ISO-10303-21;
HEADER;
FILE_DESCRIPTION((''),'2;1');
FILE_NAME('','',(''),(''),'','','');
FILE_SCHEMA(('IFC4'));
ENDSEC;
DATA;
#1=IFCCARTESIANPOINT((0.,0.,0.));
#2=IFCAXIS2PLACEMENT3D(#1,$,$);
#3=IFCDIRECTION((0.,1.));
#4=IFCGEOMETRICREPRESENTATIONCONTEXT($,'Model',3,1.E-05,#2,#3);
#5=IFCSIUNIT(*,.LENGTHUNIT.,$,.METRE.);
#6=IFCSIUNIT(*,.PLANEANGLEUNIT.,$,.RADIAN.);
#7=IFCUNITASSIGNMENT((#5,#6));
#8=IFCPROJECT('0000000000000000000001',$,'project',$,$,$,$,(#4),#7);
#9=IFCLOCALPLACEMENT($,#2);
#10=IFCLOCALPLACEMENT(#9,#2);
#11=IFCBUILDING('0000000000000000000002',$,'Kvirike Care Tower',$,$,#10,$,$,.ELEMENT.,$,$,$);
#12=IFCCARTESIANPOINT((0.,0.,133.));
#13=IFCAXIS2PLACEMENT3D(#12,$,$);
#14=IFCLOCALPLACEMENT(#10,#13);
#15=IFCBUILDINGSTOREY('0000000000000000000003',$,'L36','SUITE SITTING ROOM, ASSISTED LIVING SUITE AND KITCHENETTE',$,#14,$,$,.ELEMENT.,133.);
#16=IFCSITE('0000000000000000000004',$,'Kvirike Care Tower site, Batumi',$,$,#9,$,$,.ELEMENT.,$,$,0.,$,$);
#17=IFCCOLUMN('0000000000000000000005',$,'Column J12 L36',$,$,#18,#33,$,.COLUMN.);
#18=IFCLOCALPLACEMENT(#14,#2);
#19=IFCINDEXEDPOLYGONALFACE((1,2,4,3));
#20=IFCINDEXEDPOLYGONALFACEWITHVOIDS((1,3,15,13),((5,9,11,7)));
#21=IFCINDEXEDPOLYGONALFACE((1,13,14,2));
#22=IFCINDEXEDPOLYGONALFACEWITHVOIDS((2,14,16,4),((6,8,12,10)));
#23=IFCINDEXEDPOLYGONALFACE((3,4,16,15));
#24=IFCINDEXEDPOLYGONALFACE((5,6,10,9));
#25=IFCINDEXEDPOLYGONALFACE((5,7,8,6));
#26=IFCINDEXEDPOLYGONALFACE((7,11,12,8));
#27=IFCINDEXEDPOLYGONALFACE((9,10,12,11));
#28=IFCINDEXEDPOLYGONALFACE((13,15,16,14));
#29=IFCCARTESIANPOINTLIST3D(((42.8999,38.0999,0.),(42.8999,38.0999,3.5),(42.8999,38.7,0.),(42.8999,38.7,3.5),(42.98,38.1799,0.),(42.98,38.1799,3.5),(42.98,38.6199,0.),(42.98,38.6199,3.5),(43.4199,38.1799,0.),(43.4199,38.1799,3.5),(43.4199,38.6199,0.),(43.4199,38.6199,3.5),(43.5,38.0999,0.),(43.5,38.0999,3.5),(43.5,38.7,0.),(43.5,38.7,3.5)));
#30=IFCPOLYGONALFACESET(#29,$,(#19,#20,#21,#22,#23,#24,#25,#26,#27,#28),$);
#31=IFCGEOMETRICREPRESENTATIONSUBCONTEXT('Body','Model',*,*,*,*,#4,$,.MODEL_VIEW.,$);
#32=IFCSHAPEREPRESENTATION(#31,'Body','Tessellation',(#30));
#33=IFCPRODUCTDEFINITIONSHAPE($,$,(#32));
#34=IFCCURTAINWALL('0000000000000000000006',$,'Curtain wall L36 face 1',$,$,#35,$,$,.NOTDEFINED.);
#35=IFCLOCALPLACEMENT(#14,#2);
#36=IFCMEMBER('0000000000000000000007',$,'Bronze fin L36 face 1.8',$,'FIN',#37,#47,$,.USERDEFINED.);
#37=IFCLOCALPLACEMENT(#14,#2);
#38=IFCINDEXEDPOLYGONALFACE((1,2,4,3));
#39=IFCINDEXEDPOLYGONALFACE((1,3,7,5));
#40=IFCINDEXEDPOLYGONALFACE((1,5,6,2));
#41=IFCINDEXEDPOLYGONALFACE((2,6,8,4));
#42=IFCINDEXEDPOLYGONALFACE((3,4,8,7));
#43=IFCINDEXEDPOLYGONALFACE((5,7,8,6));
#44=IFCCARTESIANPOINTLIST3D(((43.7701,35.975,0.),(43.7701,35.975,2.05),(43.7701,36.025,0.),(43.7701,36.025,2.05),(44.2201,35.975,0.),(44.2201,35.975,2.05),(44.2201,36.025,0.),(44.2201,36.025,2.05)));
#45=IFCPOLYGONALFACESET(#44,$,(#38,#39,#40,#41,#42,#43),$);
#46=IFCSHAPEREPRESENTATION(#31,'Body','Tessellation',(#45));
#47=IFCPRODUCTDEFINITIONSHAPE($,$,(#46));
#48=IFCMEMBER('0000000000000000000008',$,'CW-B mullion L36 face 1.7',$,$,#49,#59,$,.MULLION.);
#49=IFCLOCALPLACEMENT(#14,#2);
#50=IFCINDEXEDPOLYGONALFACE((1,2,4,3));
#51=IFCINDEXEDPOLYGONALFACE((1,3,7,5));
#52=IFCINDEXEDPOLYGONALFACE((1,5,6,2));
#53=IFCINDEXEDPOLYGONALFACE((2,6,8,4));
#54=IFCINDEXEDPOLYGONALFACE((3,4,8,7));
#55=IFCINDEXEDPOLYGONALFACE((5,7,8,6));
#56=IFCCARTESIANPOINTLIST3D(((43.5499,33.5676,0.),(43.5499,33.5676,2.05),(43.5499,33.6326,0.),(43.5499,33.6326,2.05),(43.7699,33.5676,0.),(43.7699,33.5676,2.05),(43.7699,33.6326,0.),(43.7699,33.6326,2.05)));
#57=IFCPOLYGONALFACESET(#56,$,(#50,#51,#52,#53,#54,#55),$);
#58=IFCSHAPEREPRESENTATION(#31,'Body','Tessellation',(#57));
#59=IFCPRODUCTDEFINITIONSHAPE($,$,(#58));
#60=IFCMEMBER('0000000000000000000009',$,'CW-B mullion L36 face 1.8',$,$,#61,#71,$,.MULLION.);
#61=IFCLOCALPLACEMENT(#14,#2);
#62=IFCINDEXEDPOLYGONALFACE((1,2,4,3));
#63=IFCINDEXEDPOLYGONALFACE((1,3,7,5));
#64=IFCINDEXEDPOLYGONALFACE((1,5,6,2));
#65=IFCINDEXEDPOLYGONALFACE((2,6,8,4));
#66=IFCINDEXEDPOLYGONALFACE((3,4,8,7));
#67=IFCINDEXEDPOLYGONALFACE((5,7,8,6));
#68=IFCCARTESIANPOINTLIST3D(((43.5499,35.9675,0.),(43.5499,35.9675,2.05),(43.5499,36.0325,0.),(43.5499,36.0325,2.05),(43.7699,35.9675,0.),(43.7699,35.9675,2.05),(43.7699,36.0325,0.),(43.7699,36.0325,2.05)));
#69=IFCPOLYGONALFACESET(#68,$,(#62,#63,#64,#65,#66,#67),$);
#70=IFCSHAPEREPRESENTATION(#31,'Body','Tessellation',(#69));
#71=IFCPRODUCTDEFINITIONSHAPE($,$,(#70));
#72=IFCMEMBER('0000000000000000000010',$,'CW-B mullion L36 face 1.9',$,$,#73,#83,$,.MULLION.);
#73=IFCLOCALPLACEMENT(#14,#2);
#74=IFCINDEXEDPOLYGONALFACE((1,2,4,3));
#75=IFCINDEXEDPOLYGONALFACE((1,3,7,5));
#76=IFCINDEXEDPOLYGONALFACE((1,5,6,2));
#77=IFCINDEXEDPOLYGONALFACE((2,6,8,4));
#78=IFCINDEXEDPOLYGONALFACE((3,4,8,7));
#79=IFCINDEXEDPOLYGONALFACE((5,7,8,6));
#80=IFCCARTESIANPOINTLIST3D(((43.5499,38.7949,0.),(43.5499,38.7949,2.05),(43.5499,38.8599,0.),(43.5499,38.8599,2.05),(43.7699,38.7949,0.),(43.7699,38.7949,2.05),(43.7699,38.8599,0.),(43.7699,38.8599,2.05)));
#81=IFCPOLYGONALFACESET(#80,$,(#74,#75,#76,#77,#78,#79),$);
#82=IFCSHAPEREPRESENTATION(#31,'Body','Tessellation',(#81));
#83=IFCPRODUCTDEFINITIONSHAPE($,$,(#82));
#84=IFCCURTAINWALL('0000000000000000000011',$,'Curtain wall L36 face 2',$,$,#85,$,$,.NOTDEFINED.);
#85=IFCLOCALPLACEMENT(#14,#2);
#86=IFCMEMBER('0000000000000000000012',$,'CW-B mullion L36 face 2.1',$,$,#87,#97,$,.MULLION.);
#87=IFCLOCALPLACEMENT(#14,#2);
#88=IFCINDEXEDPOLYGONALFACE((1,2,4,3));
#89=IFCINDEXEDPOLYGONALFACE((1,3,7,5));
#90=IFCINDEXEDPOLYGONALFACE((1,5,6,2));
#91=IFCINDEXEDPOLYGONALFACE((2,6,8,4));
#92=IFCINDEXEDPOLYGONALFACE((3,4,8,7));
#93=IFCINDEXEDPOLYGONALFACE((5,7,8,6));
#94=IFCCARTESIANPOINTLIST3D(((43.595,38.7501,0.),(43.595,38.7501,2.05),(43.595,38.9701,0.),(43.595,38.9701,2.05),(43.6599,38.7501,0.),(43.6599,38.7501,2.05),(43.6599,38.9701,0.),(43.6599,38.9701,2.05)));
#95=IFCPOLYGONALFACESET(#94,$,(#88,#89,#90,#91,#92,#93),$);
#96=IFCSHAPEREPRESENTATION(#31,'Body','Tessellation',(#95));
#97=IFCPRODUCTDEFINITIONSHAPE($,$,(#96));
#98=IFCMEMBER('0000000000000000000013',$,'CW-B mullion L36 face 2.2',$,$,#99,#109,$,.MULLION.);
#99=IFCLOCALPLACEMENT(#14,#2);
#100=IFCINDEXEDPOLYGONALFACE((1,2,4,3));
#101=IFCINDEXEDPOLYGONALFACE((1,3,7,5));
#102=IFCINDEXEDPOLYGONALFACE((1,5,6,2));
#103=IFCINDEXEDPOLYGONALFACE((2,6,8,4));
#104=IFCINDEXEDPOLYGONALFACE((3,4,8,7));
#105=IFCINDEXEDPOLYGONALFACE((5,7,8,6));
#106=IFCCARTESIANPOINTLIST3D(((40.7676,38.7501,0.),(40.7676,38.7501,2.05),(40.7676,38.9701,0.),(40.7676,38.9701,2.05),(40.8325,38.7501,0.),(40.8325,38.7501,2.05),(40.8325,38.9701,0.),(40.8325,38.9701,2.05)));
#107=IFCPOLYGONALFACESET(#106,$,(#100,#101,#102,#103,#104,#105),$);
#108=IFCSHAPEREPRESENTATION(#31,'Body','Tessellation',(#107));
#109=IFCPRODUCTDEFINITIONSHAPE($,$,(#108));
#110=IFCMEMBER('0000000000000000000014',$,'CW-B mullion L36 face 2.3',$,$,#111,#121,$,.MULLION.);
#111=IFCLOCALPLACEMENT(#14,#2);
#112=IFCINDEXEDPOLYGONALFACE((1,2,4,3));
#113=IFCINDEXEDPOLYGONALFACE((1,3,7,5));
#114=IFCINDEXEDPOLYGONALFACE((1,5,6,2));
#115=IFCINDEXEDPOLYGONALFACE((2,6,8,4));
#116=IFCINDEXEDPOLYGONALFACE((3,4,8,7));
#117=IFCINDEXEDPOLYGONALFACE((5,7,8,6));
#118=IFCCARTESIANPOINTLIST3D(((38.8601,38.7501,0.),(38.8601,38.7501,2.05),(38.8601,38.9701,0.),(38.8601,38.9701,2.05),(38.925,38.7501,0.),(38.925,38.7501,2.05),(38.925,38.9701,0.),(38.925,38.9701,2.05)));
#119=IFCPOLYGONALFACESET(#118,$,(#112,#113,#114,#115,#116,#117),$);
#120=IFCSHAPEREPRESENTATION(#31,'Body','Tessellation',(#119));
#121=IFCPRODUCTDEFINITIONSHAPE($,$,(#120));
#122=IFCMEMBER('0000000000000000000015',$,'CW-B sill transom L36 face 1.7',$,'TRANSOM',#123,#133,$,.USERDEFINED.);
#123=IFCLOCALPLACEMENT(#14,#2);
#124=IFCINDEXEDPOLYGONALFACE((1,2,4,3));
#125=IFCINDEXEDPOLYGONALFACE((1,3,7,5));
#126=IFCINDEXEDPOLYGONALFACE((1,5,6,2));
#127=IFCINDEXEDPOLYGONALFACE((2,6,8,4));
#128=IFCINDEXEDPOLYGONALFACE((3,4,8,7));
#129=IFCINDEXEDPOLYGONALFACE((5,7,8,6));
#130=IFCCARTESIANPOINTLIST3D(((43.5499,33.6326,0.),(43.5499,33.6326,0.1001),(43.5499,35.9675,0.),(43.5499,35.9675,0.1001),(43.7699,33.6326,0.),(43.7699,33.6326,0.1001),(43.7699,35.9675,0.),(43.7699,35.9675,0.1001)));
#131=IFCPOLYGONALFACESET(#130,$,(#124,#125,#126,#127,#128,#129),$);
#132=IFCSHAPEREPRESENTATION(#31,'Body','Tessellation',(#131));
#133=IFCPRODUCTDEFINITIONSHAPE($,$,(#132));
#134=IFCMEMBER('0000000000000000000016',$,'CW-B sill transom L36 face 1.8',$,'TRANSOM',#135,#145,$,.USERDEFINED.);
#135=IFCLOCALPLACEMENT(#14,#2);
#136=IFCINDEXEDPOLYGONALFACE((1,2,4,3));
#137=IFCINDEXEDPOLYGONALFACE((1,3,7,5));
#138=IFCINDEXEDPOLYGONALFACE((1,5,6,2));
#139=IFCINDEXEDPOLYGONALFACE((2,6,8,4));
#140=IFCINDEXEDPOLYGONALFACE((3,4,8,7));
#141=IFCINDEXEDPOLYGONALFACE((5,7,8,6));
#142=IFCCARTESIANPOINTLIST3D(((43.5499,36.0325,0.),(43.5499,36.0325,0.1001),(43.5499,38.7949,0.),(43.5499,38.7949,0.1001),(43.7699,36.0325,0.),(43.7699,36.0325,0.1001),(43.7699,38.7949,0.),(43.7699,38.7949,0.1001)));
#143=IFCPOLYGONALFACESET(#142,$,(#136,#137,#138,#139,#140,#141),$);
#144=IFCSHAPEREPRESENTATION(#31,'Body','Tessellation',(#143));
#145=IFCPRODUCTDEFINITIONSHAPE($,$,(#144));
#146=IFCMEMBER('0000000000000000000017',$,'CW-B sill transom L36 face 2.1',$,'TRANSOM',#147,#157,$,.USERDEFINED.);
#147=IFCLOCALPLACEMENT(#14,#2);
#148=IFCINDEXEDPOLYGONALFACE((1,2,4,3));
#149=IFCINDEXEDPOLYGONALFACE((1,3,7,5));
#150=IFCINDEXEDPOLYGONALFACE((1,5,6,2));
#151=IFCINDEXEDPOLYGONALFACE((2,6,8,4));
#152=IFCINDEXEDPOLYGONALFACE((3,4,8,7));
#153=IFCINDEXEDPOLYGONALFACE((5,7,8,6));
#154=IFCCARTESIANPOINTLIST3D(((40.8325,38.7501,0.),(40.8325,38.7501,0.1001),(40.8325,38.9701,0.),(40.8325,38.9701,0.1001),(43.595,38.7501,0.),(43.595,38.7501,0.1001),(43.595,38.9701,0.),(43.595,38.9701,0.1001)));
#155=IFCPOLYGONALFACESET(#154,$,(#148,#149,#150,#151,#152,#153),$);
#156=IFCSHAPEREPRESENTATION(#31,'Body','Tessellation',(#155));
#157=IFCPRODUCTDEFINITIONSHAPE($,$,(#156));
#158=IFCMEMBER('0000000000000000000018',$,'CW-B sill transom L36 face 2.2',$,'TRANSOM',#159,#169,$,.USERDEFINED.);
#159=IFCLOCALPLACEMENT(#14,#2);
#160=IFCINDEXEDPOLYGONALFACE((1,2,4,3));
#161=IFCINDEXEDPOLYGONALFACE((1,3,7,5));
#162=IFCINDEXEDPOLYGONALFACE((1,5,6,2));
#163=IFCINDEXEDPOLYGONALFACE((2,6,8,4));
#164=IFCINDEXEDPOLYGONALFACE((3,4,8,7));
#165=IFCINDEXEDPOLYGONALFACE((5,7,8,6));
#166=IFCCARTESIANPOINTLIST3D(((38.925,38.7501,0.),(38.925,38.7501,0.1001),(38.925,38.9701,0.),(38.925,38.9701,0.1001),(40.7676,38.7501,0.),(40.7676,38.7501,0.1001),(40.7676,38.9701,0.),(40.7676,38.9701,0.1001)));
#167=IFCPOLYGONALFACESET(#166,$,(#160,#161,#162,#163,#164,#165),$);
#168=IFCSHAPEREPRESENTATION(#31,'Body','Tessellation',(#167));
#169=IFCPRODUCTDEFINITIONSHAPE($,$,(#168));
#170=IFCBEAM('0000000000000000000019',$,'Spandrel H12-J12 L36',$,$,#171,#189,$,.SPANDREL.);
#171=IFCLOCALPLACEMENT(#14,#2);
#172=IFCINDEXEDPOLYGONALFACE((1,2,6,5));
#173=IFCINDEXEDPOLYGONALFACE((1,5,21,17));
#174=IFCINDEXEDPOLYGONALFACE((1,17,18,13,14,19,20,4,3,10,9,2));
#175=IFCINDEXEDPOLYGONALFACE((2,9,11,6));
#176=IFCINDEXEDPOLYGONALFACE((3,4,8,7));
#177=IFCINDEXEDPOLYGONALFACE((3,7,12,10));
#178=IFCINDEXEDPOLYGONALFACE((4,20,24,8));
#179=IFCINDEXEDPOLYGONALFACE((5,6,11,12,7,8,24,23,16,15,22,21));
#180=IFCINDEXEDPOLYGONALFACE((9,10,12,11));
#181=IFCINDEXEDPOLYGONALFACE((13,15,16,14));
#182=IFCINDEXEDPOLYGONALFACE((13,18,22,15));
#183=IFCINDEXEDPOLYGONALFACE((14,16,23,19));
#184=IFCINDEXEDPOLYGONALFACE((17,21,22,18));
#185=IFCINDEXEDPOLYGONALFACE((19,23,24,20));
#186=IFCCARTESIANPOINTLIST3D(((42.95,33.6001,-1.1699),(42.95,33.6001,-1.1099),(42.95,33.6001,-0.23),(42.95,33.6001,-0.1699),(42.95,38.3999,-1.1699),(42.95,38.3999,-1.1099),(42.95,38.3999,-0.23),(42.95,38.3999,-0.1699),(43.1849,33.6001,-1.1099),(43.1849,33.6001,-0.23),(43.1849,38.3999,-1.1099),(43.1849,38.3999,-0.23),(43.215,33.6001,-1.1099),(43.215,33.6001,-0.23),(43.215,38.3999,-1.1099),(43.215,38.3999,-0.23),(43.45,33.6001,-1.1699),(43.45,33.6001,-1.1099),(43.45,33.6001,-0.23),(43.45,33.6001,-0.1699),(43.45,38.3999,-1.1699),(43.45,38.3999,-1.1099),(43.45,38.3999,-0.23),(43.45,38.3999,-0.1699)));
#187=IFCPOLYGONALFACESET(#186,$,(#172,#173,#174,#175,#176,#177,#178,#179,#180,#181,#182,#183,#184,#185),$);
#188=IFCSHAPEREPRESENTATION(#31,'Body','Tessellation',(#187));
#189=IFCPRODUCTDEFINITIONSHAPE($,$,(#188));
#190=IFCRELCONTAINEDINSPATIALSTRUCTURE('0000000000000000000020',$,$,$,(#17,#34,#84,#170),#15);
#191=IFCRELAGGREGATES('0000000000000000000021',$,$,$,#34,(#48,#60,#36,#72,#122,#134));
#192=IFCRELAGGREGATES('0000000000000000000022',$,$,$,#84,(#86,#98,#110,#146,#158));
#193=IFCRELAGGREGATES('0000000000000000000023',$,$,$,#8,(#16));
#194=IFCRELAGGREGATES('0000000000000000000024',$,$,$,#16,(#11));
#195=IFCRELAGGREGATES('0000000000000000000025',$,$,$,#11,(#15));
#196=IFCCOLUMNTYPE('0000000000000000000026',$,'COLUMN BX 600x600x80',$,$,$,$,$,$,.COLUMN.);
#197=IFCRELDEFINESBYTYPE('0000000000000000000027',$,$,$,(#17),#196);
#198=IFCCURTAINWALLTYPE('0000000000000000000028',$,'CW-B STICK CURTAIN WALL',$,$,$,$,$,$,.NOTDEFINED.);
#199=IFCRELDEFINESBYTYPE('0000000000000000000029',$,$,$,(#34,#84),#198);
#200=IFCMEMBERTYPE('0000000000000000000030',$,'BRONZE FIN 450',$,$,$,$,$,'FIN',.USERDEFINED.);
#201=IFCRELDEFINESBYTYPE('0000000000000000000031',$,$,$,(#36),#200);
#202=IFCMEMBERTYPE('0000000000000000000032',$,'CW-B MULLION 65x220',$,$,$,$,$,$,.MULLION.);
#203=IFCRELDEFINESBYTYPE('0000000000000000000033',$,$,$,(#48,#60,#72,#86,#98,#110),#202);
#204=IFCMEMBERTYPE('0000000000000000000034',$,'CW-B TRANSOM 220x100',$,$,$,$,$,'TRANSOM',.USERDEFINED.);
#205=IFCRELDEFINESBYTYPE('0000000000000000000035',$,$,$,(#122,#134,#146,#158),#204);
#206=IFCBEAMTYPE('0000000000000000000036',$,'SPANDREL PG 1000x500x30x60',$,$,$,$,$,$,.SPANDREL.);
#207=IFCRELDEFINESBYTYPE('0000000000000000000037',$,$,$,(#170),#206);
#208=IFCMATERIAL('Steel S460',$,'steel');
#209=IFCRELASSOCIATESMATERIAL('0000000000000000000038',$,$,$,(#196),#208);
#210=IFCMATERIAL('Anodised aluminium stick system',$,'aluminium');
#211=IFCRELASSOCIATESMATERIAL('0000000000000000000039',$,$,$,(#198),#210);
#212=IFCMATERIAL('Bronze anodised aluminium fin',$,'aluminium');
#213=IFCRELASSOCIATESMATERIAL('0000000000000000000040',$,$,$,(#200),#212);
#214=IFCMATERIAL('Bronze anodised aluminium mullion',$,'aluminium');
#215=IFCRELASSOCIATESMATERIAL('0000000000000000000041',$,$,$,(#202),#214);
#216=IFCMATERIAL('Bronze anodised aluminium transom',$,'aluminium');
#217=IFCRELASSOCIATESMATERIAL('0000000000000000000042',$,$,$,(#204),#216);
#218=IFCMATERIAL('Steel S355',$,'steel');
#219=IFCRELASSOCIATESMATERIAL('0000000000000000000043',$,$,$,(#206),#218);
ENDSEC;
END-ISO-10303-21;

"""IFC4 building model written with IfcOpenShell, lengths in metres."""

from ifc_helpers import new_model, si_unit, direction, frame, origin, origin_2d, place, context, subcontext, project, spatial, rectangle, hollow_rectangle, i_section, extrude, material, material_profile, profile_set, type_object, element, aggregate, save


model = new_model("IFC4")

# Units and contexts
model_context = context("Model", 3, precision=1e-05, world=origin(), true_north=direction((0.0, 1.0)))
body_context = subcontext(model_context, "Body", "Model", "MODEL_VIEW")
ifc_project = project(units=[si_unit("LENGTHUNIT", "METRE"), si_unit("PLANEANGLEUNIT", "RADIAN")], contexts=[model_context])

# Site, building, storey
site_placement = place(None, origin())
site = spatial("IfcSite", under=ifc_project, at=site_placement, Name="Kvirike Care Tower site, Batumi", CompositionType="ELEMENT", RefElevation=0.0)
building_placement = place(site_placement, origin())
building = spatial("IfcBuilding", under=site, at=building_placement, Name="Kvirike Care Tower", CompositionType="ELEMENT")
storey_placement = place(building_placement, frame((0.0, 0.0, 133.0)))
storey = spatial("IfcBuildingStorey", under=building, at=storey_placement, Name="L36", Description="SUITE SITTING ROOM, ASSISTED LIVING SUITE AND KITCHENETTE", CompositionType="ELEMENT", Elevation=133.0)

# Column
ifc_material_1 = material(Name="Steel S460", Category="steel")
ifc_material_profile_1 = material_profile(ifc_material_1, hollow_rectangle(XDim=0.6001, YDim=0.6001, WallThickness=0.0801, at=origin_2d()), Name="BX 600x600x80")
ifc_profile_set_1 = profile_set([ifc_material_profile_1], Name="Steel S460")
column_type = type_object("IfcColumnType", Name="COLUMN BX 600x600x80", PredefinedType="COLUMN", material=ifc_profile_set_1)
column_placement = place(storey_placement, frame((43.2, 38.3999, 0.0), z_axis=(0.0, 0.0, 1.0), x_axis=(0.0, 1.0, 0.0)))
element("IfcColumn", 1, at=column_placement, inside=storey, type_object=column_type, Name="Column J12 L36", PredefinedType="COLUMN", context=body_context, shape_type="SweptSolid", body=[
    extrude(hollow_rectangle(XDim=0.6001, YDim=0.6001, WallThickness=0.0801, at=origin_2d()), origin(), (0.0, 0.0, 1.0), 3.5),
])

# Curtain walls, members
ifc_material_2 = material(Name="Anodised aluminium stick system", Category="aluminium")
curtain_wall_type = type_object("IfcCurtainWallType", Name="CW-B STICK CURTAIN WALL", PredefinedType="NOTDEFINED", material=ifc_material_2)
curtain_wall_1_placement = place(storey_placement, origin())
curtain_wall_1 = element("IfcCurtainWall", 2, at=curtain_wall_1_placement, inside=storey, type_object=curtain_wall_type, Name="Curtain wall L36 face 1", PredefinedType="NOTDEFINED")
ifc_material_3 = material(Name="Bronze anodised aluminium fin", Category="aluminium")
ifc_material_profile_2 = material_profile(ifc_material_3, rectangle(XDim=0.05, YDim=0.45, at=origin_2d()), Name="BRONZE FIN 450")
ifc_profile_set_2 = profile_set([ifc_material_profile_2], Name="Bronze anodised aluminium fin")
member_type_1 = type_object("IfcMemberType", Name="BRONZE FIN 450", ElementType="FIN", PredefinedType="USERDEFINED", material=ifc_profile_set_2)
member_1_placement = place(storey_placement, frame((43.9951, 36.0, 0.0), z_axis=(0.0, 0.0, 1.0), x_axis=(0.0, 1.0, 0.0)))
member_1 = element("IfcMember", 3, at=member_1_placement, type_object=member_type_1, Name="Bronze fin L36 face 1.8", ObjectType="FIN", PredefinedType="USERDEFINED", context=body_context, shape_type="SweptSolid", body=[
    extrude(rectangle(XDim=0.05, YDim=0.45, at=origin_2d()), origin(), (0.0, 0.0, 1.0), 2.05),
])
ifc_material_4 = material(Name="Bronze anodised aluminium mullion", Category="aluminium")
ifc_material_profile_3 = material_profile(ifc_material_4, rectangle(XDim=0.0649, YDim=0.22, at=origin_2d()), Name="CW-B MULLION 65x220")
ifc_profile_set_3 = profile_set([ifc_material_profile_3], Name="Bronze anodised aluminium mullion")
member_type_2 = type_object("IfcMemberType", Name="CW-B MULLION 65x220", PredefinedType="MULLION", material=ifc_profile_set_3)
member_2_placement = place(storey_placement, frame((43.6599, 33.6001, 0.0), z_axis=(0.0, 0.0, 1.0), x_axis=(0.0, 1.0, 0.0)))
member_2 = element("IfcMember", 4, at=member_2_placement, type_object=member_type_2, Name="CW-B mullion L36 face 1.7", PredefinedType="MULLION", context=body_context, shape_type="SweptSolid", body=[
    extrude(rectangle(XDim=0.0649, YDim=0.22, at=origin_2d()), origin(), (0.0, 0.0, 1.0), 2.05),
])
member_3_placement = place(storey_placement, frame((43.6599, 36.0, 0.0), z_axis=(0.0, 0.0, 1.0), x_axis=(0.0, 1.0, 0.0)))
member_3 = element("IfcMember", 5, at=member_3_placement, type_object=member_type_2, Name="CW-B mullion L36 face 1.8", PredefinedType="MULLION", context=body_context, shape_type="SweptSolid", body=[
    extrude(rectangle(XDim=0.0649, YDim=0.22, at=origin_2d()), origin(), (0.0, 0.0, 1.0), 2.05),
])
member_4_placement = place(storey_placement, frame((43.6599, 38.8274, 0.0), z_axis=(0.0, 0.0, 1.0), x_axis=(0.0, 1.0, 0.0)))
member_4 = element("IfcMember", 6, at=member_4_placement, type_object=member_type_2, Name="CW-B mullion L36 face 1.9", PredefinedType="MULLION", context=body_context, shape_type="SweptSolid", body=[
    extrude(rectangle(XDim=0.0649, YDim=0.22, at=origin_2d()), origin(), (0.0, 0.0, 1.0), 2.05),
])
curtain_wall_2_placement = place(storey_placement, origin())
curtain_wall_2 = element("IfcCurtainWall", 7, at=curtain_wall_2_placement, inside=storey, type_object=curtain_wall_type, Name="Curtain wall L36 face 2", PredefinedType="NOTDEFINED")
member_5_placement = place(storey_placement, frame((43.6274, 38.8601, 0.0), z_axis=(0.0, 0.0, 1.0), x_axis=(-1.0, 0.0, 0.0)))
member_5 = element("IfcMember", 8, at=member_5_placement, type_object=member_type_2, Name="CW-B mullion L36 face 2.1", PredefinedType="MULLION", context=body_context, shape_type="SweptSolid", body=[
    extrude(rectangle(XDim=0.0649, YDim=0.22, at=origin_2d()), origin(), (0.0, 0.0, 1.0), 2.05),
])
member_6_placement = place(storey_placement, frame((40.8, 38.8601, 0.0), z_axis=(0.0, 0.0, 1.0), x_axis=(-1.0, 0.0, 0.0)))
member_6 = element("IfcMember", 9, at=member_6_placement, type_object=member_type_2, Name="CW-B mullion L36 face 2.2", PredefinedType="MULLION", context=body_context, shape_type="SweptSolid", body=[
    extrude(rectangle(XDim=0.0649, YDim=0.22, at=origin_2d()), origin(), (0.0, 0.0, 1.0), 2.05),
])
member_7_placement = place(storey_placement, frame((38.8926, 38.8601, 0.0), z_axis=(0.0, 0.0, 1.0), x_axis=(-1.0, 0.0, 0.0)))
member_7 = element("IfcMember", 10, at=member_7_placement, type_object=member_type_2, Name="CW-B mullion L36 face 2.3", PredefinedType="MULLION", context=body_context, shape_type="SweptSolid", body=[
    extrude(rectangle(XDim=0.0649, YDim=0.22, at=origin_2d()), origin(), (0.0, 0.0, 1.0), 2.05),
])

# Members
ifc_material_5 = material(Name="Bronze anodised aluminium transom", Category="aluminium")
ifc_material_profile_4 = material_profile(ifc_material_5, rectangle(XDim=0.22, YDim=0.1001, at=origin_2d()), Name="CW-B TRANSOM 220x100")
ifc_profile_set_4 = profile_set([ifc_material_profile_4], Name="Bronze anodised aluminium transom")
member_type_3 = type_object("IfcMemberType", Name="CW-B TRANSOM 220x100", ElementType="TRANSOM", PredefinedType="USERDEFINED", material=ifc_profile_set_4)
member_8_placement = place(storey_placement, frame((43.6599, 33.6326, 0.05), z_axis=(0.0, 1.0, 0.0), x_axis=(-1.0, 0.0, 0.0)))
member_8 = element("IfcMember", 11, at=member_8_placement, type_object=member_type_3, Name="CW-B sill transom L36 face 1.7", ObjectType="TRANSOM", PredefinedType="USERDEFINED", context=body_context, shape_type="SweptSolid", body=[
    extrude(rectangle(XDim=0.22, YDim=0.1001, at=origin_2d()), origin(), (0.0, 0.0, 1.0), 2.335),
])
member_9_placement = place(storey_placement, frame((43.6599, 36.0325, 0.05), z_axis=(0.0, 1.0, 0.0), x_axis=(-1.0, 0.0, 0.0)))
member_9 = element("IfcMember", 12, at=member_9_placement, type_object=member_type_3, Name="CW-B sill transom L36 face 1.8", ObjectType="TRANSOM", PredefinedType="USERDEFINED", context=body_context, shape_type="SweptSolid", body=[
    extrude(rectangle(XDim=0.22, YDim=0.1001, at=origin_2d()), origin(), (0.0, 0.0, 1.0), 2.7625),
])
member_10_placement = place(storey_placement, frame((43.595, 38.8601, 0.05), z_axis=(-1.0, 0.0, 0.0), x_axis=(0.0, -1.0, 0.0)))
member_10 = element("IfcMember", 13, at=member_10_placement, type_object=member_type_3, Name="CW-B sill transom L36 face 2.1", ObjectType="TRANSOM", PredefinedType="USERDEFINED", context=body_context, shape_type="SweptSolid", body=[
    extrude(rectangle(XDim=0.22, YDim=0.1001, at=origin_2d()), origin(), (0.0, 0.0, 1.0), 2.7625),
])
member_11_placement = place(storey_placement, frame((40.7676, 38.8601, 0.05), z_axis=(-1.0, 0.0, 0.0), x_axis=(0.0, -1.0, 0.0)))
member_11 = element("IfcMember", 14, at=member_11_placement, type_object=member_type_3, Name="CW-B sill transom L36 face 2.2", ObjectType="TRANSOM", PredefinedType="USERDEFINED", context=body_context, shape_type="SweptSolid", body=[
    extrude(rectangle(XDim=0.22, YDim=0.1001, at=origin_2d()), origin(), (0.0, 0.0, 1.0), 1.8425),
])

# Beam
ifc_material_6 = material(Name="Steel S355", Category="steel")
ifc_material_profile_5 = material_profile(ifc_material_6, i_section(OverallWidth=0.5, OverallDepth=1.0, WebThickness=0.03, FlangeThickness=0.0601, at=origin_2d()), Name="PG 1000x500x30x60")
ifc_profile_set_5 = profile_set([ifc_material_profile_5], Name="Steel S355")
beam_type = type_object("IfcBeamType", Name="SPANDREL PG 1000x500x30x60", PredefinedType="SPANDREL", material=ifc_profile_set_5)
beam_placement = place(storey_placement, frame((43.2, 33.6001, -0.6699), z_axis=(0.0, 1.0, 0.0), x_axis=(-1.0, 0.0, 0.0)))
element("IfcBeam", 15, at=beam_placement, inside=storey, type_object=beam_type, Name="Spandrel H12-J12 L36", PredefinedType="SPANDREL", context=body_context, shape_type="SweptSolid", body=[
    extrude(i_section(OverallWidth=0.5, OverallDepth=1.0, WebThickness=0.03, FlangeThickness=0.0601, at=origin_2d()), origin(), (0.0, 0.0, 1.0), 4.7998),
])

aggregate(curtain_wall_1, [member_2, member_3, member_1, member_4, member_8, member_9])
aggregate(curtain_wall_2, [member_5, member_6, member_7, member_10, member_11])

save(model, "model.ifc")
